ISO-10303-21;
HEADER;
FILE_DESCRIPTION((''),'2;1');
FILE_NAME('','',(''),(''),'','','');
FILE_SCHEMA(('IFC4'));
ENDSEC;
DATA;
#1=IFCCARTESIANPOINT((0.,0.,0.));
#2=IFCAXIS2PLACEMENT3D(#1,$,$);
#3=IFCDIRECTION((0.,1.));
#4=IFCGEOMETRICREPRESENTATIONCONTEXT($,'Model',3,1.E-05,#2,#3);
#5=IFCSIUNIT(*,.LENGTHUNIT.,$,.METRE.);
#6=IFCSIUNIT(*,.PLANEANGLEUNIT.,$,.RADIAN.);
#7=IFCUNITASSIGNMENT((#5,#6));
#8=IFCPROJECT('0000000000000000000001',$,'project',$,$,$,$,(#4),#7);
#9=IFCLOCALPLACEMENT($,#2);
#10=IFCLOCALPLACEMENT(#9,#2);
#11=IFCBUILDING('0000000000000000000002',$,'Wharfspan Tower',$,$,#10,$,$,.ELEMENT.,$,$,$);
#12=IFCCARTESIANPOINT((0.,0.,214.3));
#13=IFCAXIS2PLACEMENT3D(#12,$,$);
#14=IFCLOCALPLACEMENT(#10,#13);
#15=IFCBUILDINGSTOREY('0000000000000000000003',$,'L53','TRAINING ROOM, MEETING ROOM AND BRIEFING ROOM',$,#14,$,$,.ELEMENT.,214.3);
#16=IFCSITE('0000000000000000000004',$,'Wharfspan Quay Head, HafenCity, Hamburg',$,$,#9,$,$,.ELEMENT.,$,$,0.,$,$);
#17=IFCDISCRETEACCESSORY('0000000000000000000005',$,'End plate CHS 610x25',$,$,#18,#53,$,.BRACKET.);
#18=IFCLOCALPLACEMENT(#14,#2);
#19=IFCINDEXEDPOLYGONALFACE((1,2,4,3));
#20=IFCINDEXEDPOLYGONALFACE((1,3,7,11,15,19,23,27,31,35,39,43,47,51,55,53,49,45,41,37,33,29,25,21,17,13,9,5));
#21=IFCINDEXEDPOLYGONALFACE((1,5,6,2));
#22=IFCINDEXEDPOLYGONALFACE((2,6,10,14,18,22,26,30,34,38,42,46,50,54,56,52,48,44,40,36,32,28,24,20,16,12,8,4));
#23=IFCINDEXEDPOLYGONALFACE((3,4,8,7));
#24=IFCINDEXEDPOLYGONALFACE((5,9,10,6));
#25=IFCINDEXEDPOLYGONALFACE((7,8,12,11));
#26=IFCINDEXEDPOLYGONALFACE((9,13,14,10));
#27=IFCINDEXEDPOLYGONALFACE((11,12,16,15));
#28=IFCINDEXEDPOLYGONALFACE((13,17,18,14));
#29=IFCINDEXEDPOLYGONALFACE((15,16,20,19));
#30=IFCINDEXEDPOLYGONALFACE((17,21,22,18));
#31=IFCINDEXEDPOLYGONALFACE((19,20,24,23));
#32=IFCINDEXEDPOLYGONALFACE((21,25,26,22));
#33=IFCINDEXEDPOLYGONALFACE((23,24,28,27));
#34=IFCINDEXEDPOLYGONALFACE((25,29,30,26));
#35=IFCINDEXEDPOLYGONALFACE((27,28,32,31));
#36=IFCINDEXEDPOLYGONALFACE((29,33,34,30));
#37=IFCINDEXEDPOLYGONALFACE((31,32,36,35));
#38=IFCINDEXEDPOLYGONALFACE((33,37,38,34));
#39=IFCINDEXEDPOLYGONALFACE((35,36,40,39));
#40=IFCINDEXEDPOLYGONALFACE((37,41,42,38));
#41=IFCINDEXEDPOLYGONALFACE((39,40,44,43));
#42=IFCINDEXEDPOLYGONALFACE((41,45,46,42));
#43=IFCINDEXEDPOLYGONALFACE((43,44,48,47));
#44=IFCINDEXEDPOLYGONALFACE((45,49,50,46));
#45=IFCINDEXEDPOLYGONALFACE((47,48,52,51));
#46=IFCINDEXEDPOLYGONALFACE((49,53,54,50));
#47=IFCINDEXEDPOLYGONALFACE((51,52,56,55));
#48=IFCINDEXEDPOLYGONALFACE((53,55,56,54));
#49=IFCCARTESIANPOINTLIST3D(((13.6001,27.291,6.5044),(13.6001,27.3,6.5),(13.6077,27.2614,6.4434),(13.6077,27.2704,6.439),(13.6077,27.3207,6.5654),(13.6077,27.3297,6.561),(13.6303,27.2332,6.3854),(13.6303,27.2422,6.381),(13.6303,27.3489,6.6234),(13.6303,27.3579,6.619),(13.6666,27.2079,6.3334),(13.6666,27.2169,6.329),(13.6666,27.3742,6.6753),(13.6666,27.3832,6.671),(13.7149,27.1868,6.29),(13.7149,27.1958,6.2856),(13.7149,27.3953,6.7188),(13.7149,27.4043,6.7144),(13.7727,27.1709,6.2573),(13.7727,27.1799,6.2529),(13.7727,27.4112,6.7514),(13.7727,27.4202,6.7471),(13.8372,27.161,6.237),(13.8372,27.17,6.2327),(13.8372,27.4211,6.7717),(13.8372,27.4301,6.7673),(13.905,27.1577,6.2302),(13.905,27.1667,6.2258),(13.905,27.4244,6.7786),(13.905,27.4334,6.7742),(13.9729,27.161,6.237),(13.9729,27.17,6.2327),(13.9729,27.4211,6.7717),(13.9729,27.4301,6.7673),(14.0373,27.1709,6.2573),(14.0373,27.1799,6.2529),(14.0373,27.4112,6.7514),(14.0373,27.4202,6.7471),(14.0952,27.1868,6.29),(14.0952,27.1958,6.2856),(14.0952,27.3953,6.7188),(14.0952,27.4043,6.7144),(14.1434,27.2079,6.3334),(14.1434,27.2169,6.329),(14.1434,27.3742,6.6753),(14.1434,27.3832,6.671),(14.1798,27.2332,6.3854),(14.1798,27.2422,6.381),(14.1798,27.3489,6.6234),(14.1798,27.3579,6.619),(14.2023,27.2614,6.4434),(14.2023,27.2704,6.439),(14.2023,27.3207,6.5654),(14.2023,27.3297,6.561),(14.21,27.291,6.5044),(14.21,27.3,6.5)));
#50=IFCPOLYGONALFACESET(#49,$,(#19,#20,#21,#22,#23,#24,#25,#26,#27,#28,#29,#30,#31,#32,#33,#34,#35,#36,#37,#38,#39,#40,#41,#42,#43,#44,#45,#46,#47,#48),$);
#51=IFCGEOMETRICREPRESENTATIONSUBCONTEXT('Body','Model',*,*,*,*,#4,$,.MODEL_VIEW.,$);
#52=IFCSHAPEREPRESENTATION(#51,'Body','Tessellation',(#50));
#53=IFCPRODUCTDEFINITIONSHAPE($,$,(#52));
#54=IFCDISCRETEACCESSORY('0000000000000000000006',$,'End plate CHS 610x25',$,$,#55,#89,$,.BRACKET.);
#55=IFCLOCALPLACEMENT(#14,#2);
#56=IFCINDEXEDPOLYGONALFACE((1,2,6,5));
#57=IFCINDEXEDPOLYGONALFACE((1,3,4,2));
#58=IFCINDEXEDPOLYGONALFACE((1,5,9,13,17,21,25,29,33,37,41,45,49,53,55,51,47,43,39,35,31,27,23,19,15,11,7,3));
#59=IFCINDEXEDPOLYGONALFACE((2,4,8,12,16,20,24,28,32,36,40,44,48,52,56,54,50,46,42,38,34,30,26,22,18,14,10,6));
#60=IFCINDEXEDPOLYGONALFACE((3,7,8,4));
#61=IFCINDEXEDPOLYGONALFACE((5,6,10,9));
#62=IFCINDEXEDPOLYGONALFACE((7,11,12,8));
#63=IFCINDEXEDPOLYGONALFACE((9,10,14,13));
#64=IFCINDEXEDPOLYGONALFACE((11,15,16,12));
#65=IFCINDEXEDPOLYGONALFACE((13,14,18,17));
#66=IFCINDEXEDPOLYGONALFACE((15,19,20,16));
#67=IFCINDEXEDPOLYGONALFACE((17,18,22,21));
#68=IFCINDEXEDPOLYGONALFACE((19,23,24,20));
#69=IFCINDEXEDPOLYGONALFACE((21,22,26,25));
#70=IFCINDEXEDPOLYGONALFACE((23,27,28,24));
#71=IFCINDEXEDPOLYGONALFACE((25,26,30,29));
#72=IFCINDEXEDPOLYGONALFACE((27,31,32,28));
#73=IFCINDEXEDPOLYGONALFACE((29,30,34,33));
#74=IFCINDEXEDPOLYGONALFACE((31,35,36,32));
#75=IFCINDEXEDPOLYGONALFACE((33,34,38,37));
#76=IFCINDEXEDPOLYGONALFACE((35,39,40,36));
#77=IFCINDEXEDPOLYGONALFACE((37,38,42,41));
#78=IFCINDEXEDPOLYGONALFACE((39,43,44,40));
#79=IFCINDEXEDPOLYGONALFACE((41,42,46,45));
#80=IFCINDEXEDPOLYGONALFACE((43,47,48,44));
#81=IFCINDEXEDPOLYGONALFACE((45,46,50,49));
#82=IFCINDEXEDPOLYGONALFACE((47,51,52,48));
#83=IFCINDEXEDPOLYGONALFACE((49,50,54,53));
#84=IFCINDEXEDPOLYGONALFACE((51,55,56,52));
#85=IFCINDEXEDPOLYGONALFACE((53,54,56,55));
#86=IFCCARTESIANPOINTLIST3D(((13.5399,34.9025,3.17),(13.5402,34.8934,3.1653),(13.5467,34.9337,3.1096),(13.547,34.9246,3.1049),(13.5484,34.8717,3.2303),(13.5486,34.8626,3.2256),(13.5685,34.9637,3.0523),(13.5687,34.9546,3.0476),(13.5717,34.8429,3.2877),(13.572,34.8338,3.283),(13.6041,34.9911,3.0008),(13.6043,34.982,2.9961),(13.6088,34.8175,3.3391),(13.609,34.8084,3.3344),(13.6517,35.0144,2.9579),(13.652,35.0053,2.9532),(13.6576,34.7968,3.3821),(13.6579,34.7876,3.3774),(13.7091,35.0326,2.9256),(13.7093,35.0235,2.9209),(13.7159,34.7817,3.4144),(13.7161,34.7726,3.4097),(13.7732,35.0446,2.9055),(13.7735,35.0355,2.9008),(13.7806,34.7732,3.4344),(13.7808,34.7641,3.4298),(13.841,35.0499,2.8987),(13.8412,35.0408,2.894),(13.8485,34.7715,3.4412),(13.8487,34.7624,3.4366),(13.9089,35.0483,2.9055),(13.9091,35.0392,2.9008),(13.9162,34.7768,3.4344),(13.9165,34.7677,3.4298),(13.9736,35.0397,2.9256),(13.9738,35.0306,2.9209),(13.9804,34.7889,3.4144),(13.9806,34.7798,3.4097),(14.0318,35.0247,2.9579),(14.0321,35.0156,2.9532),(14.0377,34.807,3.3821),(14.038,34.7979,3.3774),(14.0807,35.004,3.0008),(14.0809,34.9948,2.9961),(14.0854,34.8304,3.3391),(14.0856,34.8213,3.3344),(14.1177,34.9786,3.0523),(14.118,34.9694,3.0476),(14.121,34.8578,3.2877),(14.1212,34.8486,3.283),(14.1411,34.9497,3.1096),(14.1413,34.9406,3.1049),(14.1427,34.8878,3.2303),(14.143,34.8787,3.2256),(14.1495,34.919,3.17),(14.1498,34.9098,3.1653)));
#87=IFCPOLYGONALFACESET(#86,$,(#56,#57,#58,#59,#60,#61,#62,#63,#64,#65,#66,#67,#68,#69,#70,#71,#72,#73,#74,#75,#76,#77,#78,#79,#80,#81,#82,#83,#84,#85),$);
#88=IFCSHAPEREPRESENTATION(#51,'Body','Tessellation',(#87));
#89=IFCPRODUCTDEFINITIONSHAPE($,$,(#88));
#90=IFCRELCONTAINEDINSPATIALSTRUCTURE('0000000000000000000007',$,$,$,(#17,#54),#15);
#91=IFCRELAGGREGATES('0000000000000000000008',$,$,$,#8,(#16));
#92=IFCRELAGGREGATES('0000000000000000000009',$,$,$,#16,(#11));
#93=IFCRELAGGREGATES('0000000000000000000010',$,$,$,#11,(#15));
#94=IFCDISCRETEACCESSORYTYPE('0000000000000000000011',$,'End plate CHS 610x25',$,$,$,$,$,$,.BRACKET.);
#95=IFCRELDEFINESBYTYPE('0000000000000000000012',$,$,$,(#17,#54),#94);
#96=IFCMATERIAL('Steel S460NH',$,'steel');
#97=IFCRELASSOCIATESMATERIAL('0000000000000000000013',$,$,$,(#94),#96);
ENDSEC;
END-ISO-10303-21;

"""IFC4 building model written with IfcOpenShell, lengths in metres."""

from ifc_helpers import new_model, si_unit, direction, frame, origin, origin_2d, place, context, subcontext, project, spatial, circle, extrude, material, material_profile, profile_set, type_object, element, save


model = new_model("IFC4")

# Units and contexts
model_context = context("Model", 3, precision=1e-05, world=origin(), true_north=direction((0.0, 1.0)))
body_context = subcontext(model_context, "Body", "Model", "MODEL_VIEW")
ifc_project = project(units=[si_unit("LENGTHUNIT", "METRE"), si_unit("PLANEANGLEUNIT", "RADIAN")], contexts=[model_context])

# Site, building, storey
site_placement = place(None, origin())
site = spatial("IfcSite", under=ifc_project, at=site_placement, Name="Wharfspan Quay Head, HafenCity, Hamburg", CompositionType="ELEMENT", RefElevation=0.0)
building_placement = place(site_placement, origin())
building = spatial("IfcBuilding", under=site, at=building_placement, Name="Wharfspan Tower", CompositionType="ELEMENT")
storey_placement = place(building_placement, frame((0.0, 0.0, 214.3)))
storey = spatial("IfcBuildingStorey", under=building, at=storey_placement, Name="L53", Description="TRAINING ROOM, MEETING ROOM AND BRIEFING ROOM", CompositionType="ELEMENT", Elevation=214.3)

# Shared definitions
ifc_material_1 = material(Name="Steel S460NH", Category="steel")

# Discrete accessories
ifc_material_profile_1 = material_profile(ifc_material_1, circle(Radius=0.3049, at=origin_2d()))
ifc_profile_set_1 = profile_set([ifc_material_profile_1], Name="Steel S460NH")
discrete_accessory_type = type_object("IfcDiscreteAccessoryType", Name="End plate CHS 610x25", PredefinedType="BRACKET", material=ifc_profile_set_1)
for number, where, z_axis, x_axis, name in (
    (1, (13.905, 27.3, 6.5), (0.0, -0.899235, 0.437466), (1.0, 0.0, 0.0), "End plate CHS 610x25"),
):
    element("IfcDiscreteAccessory", number, at=place(storey_placement, frame(where, z_axis=z_axis, x_axis=x_axis)), inside=storey, type_object=discrete_accessory_type, Name=name, PredefinedType="BRACKET", context=body_context, shape_type="SweptSolid", body=[
        extrude(circle(Radius=0.3049, at=origin_2d()), origin(), (0.0, 0.0, 1.0), 0.01),
    ])
discrete_accessory_placement = place(storey_placement, frame((13.845, 34.9016, 3.1653), z_axis=(-0.024035, 0.88931, 0.456673), x_axis=(-0.999631, -0.027015, -0.000003)))
element("IfcDiscreteAccessory", 2, at=discrete_accessory_placement, inside=storey, type_object=discrete_accessory_type, Name="End plate CHS 610x25", PredefinedType="BRACKET", context=body_context, shape_type="SweptSolid", body=[
    extrude(circle(Radius=0.3049, at=origin_2d()), origin(), (0.0, 0.0, 1.0), 0.0103),
])

save(model, "model.ifc")
